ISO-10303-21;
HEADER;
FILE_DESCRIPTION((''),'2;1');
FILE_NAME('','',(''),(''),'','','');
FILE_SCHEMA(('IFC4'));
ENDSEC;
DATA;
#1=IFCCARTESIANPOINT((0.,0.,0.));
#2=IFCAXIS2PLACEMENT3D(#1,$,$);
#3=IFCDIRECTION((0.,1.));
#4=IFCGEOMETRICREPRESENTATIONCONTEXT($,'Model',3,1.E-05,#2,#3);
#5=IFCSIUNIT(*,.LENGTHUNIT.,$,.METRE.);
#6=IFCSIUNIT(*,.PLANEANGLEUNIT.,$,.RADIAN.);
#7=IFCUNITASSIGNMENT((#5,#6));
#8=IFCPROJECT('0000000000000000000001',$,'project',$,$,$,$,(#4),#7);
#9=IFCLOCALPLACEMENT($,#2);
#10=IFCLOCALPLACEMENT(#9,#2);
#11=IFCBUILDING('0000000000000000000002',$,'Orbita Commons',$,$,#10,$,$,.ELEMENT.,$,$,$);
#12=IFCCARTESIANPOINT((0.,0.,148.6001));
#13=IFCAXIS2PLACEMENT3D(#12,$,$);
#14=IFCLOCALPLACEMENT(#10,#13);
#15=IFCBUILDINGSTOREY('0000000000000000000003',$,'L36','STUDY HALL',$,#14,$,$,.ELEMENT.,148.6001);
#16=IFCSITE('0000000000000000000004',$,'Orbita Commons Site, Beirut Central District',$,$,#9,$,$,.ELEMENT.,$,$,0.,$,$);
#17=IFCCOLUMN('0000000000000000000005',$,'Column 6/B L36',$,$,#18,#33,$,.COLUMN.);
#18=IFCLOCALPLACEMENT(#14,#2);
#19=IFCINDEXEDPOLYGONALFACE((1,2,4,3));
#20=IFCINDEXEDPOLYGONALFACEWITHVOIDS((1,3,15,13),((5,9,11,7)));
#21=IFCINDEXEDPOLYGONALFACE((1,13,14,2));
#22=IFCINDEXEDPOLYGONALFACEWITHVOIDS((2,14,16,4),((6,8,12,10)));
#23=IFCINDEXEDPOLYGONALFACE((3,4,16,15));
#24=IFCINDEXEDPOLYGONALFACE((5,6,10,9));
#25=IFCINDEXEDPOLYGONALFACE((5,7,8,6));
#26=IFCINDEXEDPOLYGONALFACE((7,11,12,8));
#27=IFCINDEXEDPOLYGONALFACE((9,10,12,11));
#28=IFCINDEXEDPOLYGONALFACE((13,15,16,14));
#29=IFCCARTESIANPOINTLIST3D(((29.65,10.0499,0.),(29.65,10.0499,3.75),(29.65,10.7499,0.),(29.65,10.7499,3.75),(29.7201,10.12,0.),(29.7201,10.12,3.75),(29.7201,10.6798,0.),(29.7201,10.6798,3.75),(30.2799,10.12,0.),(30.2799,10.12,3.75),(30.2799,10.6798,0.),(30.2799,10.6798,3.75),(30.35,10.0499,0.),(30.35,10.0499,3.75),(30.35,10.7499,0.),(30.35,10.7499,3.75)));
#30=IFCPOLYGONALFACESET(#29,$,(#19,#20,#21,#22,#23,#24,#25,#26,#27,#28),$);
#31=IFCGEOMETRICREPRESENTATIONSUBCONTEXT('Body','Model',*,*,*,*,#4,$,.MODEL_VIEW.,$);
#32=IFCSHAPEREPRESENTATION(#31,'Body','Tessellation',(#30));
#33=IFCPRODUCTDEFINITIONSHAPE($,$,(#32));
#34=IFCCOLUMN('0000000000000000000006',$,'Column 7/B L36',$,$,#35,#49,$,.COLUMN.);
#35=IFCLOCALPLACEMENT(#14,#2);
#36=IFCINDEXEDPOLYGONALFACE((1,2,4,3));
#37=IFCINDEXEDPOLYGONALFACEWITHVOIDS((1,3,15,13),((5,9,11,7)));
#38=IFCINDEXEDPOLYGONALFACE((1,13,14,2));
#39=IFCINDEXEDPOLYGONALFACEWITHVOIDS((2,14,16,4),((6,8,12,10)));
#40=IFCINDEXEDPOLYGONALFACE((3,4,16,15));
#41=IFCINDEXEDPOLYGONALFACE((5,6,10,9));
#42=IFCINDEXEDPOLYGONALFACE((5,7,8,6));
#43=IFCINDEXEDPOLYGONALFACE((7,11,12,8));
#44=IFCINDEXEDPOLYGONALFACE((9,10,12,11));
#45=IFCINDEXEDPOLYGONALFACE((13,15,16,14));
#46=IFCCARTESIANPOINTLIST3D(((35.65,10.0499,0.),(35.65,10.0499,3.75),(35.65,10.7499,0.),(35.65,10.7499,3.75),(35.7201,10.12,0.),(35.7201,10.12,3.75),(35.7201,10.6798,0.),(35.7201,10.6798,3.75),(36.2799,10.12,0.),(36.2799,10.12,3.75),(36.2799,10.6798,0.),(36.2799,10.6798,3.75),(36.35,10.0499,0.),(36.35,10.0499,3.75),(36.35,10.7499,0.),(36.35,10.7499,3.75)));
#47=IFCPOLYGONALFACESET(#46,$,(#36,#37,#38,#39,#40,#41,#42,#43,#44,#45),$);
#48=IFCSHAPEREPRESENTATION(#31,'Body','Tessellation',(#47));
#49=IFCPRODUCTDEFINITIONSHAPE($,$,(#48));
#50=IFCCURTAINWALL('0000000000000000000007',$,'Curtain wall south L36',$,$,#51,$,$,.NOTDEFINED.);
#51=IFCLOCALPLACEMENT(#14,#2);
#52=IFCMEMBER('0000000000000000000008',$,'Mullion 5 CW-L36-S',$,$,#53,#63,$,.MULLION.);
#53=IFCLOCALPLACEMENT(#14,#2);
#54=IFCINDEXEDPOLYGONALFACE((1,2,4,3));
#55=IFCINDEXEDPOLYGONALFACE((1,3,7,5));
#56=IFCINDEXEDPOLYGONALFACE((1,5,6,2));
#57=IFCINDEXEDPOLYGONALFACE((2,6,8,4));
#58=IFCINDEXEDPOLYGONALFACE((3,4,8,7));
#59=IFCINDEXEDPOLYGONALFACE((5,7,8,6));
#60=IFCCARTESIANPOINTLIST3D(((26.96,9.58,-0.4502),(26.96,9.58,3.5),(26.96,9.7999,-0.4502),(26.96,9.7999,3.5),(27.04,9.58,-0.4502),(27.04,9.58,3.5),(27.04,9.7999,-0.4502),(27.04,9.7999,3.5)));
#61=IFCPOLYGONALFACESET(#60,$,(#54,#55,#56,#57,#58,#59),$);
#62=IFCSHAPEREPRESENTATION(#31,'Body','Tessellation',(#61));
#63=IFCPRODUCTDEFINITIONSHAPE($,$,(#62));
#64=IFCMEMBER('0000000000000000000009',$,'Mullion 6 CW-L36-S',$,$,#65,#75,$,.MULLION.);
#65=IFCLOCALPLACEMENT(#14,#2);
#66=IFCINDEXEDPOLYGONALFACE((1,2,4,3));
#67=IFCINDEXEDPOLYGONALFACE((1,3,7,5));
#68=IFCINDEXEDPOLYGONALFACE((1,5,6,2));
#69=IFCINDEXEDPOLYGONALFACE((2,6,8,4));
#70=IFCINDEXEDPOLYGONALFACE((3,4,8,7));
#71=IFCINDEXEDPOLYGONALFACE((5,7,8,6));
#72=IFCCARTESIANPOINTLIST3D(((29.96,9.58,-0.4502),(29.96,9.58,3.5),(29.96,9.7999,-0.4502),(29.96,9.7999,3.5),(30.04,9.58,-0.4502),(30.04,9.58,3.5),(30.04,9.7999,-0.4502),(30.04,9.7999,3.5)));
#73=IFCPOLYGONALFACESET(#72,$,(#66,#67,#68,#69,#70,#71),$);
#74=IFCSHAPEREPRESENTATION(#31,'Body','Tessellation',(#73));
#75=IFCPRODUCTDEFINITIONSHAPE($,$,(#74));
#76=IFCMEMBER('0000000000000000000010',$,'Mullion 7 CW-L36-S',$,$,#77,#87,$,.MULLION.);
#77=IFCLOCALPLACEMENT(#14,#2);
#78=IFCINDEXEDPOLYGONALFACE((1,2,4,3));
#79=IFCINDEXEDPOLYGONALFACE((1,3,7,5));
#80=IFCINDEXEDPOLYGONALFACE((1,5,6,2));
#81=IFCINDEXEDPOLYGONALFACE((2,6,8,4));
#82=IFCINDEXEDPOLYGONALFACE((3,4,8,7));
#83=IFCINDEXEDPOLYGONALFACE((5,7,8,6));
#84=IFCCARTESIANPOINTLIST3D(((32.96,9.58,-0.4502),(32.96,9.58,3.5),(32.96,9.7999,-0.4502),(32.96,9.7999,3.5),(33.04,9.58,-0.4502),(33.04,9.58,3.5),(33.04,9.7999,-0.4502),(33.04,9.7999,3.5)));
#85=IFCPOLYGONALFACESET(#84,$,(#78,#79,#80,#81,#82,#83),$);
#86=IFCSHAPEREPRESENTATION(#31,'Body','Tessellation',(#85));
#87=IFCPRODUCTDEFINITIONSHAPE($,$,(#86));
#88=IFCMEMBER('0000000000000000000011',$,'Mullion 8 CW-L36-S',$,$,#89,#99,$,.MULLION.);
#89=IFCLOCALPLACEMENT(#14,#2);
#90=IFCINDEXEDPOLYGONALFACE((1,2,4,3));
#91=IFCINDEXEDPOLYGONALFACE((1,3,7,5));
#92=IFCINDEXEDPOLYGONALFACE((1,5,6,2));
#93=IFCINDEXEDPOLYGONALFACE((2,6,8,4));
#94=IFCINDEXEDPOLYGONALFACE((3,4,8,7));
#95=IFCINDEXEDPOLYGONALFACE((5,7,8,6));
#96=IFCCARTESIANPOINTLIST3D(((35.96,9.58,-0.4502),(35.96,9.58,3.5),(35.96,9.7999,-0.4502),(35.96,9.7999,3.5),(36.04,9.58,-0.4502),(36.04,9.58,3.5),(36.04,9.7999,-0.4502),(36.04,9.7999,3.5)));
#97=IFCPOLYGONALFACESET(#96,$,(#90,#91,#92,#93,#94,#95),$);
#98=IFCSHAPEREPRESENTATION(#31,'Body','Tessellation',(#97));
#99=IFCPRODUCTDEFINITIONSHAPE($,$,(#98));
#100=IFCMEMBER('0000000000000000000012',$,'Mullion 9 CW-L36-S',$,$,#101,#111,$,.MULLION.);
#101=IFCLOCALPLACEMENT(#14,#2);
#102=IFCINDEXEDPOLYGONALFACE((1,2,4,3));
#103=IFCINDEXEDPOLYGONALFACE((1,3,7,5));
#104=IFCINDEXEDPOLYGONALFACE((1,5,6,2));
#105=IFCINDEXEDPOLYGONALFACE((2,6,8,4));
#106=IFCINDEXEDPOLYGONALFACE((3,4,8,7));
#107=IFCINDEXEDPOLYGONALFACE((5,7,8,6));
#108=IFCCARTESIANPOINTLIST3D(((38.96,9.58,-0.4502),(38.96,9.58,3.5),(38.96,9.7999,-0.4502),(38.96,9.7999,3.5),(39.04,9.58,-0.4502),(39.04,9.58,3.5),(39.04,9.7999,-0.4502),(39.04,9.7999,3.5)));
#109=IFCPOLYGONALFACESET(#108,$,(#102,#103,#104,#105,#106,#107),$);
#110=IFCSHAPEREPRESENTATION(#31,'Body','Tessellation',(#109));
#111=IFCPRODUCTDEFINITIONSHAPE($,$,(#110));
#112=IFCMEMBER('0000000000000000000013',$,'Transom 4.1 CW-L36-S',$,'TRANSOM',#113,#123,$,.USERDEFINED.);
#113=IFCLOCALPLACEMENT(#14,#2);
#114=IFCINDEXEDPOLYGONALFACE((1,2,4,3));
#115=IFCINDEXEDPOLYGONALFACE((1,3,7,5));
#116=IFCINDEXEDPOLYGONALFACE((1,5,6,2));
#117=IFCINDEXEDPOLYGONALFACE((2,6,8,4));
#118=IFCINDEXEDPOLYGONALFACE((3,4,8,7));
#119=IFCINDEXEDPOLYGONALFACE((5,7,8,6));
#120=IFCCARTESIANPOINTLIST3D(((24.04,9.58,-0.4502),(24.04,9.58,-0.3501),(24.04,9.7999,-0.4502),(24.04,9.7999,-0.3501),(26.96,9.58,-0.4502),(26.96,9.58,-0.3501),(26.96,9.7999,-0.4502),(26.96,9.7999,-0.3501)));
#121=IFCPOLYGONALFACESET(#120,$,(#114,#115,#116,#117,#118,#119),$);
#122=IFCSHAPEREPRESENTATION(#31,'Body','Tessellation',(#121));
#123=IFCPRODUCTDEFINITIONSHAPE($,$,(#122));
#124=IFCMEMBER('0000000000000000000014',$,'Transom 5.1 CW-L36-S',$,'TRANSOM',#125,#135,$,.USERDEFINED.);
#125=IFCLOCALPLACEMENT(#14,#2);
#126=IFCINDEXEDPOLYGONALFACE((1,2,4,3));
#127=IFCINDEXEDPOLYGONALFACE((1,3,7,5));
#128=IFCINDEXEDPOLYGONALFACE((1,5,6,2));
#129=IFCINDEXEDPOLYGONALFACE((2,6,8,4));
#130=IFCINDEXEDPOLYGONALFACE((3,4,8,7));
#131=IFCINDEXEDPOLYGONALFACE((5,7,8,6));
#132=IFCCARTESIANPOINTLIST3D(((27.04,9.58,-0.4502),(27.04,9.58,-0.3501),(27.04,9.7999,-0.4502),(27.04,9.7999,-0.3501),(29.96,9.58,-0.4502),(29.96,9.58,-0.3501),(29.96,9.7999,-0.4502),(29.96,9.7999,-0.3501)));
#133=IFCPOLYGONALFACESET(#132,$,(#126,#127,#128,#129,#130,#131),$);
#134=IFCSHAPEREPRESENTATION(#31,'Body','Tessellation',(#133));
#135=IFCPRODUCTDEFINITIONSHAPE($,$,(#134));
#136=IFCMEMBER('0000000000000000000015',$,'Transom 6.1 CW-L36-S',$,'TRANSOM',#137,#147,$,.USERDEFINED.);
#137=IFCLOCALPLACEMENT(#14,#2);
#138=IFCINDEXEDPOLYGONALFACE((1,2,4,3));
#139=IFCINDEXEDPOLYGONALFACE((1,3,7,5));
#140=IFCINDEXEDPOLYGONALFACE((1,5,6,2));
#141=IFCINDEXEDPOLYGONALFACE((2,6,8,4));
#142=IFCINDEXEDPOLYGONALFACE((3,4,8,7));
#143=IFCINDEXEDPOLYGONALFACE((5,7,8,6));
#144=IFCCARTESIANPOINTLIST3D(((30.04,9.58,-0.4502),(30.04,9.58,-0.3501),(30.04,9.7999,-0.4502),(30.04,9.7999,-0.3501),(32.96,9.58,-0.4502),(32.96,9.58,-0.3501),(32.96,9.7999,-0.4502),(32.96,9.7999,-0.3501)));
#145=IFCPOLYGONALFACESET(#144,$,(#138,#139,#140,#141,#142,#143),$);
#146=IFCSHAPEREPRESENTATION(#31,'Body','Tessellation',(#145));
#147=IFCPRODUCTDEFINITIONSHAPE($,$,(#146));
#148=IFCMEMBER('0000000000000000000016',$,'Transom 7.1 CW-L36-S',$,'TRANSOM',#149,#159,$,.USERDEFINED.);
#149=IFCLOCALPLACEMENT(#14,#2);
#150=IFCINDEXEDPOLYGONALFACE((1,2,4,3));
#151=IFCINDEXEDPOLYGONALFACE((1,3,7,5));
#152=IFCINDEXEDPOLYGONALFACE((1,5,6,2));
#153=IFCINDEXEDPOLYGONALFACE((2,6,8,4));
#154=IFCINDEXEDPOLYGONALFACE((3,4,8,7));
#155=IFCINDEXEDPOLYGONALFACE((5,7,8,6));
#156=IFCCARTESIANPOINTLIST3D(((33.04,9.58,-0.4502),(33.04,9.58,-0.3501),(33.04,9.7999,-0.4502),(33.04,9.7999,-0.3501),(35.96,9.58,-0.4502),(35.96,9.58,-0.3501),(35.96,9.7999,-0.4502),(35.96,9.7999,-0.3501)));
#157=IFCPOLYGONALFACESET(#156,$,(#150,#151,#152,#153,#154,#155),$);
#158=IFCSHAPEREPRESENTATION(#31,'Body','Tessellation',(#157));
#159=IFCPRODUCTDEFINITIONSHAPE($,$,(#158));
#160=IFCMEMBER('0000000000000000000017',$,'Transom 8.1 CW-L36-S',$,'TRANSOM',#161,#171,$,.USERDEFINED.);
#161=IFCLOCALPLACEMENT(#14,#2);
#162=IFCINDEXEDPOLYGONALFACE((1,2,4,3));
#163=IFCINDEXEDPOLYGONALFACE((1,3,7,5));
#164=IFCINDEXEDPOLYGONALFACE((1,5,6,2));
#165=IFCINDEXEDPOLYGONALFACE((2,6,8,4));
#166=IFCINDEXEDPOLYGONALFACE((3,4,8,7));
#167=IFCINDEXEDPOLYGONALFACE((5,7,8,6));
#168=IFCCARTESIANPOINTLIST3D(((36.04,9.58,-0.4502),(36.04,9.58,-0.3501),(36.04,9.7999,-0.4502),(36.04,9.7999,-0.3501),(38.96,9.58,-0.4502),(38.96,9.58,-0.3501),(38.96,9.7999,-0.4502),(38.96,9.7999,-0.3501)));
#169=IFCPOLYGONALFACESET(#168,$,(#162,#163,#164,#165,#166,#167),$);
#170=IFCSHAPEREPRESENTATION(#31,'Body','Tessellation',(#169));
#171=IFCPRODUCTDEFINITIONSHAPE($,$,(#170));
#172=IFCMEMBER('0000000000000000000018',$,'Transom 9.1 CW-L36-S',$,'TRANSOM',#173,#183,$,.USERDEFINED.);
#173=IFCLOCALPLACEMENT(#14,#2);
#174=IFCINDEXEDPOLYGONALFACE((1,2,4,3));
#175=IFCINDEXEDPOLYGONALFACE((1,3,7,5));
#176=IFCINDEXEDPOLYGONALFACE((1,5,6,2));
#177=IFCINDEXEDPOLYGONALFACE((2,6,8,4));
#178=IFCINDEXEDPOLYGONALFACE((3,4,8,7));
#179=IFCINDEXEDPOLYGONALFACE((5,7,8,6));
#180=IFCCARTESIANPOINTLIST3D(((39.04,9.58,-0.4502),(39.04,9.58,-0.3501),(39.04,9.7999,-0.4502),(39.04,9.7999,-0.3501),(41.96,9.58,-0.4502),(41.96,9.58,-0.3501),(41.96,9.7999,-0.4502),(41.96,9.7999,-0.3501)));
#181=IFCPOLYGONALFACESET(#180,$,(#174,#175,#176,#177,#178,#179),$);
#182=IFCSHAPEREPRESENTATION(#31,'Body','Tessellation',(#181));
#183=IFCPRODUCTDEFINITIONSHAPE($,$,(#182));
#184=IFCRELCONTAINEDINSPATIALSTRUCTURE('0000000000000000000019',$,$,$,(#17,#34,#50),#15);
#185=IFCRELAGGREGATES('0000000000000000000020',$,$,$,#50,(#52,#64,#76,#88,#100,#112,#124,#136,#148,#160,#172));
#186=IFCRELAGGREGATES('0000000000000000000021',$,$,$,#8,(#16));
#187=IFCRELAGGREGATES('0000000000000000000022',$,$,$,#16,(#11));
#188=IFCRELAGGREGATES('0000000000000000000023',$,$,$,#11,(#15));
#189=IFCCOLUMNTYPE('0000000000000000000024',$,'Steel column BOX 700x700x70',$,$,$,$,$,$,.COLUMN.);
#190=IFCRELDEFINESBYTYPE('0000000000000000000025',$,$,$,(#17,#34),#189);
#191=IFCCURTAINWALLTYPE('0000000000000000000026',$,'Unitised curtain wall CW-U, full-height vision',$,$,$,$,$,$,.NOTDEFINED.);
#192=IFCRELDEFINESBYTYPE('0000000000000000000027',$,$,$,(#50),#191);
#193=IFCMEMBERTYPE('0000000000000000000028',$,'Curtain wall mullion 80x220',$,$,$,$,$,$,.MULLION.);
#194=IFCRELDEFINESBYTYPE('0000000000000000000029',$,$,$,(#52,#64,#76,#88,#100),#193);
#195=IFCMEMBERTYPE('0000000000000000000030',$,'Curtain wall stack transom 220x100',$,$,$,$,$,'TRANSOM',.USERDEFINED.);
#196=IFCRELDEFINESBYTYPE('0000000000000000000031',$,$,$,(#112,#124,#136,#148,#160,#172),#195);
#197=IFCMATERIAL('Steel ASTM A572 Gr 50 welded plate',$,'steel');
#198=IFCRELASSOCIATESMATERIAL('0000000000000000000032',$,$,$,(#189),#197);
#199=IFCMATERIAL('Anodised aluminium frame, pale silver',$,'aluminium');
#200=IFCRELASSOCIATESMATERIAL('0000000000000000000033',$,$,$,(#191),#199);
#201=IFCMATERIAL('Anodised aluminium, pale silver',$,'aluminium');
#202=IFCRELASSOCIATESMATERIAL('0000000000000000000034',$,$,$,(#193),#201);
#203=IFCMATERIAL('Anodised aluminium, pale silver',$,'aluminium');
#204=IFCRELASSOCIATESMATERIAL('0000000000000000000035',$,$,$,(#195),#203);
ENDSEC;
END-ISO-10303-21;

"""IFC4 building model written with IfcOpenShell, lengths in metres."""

from ifc_helpers import new_model, si_unit, direction, frame, origin, origin_2d, place, context, subcontext, project, spatial, rectangle, hollow_rectangle, extrude, material, material_profile, profile_set, type_object, element, aggregate, save


model = new_model("IFC4")

# Units and contexts
model_context = context("Model", 3, precision=1e-05, world=origin(), true_north=direction((0.0, 1.0)))
body_context = subcontext(model_context, "Body", "Model", "MODEL_VIEW")
ifc_project = project(units=[si_unit("LENGTHUNIT", "METRE"), si_unit("PLANEANGLEUNIT", "RADIAN")], contexts=[model_context])

# Site, building, storey
site_placement = place(None, origin())
site = spatial("IfcSite", under=ifc_project, at=site_placement, Name="Orbita Commons Site, Beirut Central District", CompositionType="ELEMENT", RefElevation=0.0)
building_placement = place(site_placement, origin())
building = spatial("IfcBuilding", under=site, at=building_placement, Name="Orbita Commons", CompositionType="ELEMENT")
storey_placement = place(building_placement, frame((0.0, 0.0, 148.6001)))
storey = spatial("IfcBuildingStorey", under=building, at=storey_placement, Name="L36", Description="STUDY HALL", CompositionType="ELEMENT", Elevation=148.6001)

# Columns
ifc_material_1 = material(Name="Steel ASTM A572 Gr 50 welded plate", Category="steel")
ifc_material_profile_1 = material_profile(ifc_material_1, hollow_rectangle(XDim=0.7, YDim=0.7, WallThickness=0.0701, at=origin_2d()), Name="BOX 700x700x70")
ifc_profile_set_1 = profile_set([ifc_material_profile_1], Name="Steel ASTM A572 Gr 50 welded plate")
column_type = type_object("IfcColumnType", Name="Steel column BOX 700x700x70", PredefinedType="COLUMN", material=ifc_profile_set_1)
for number, where, z_axis, x_axis, name in (
    (1, (30.0, 10.3999, 0.0), (0.0, 0.0, 1.0), (1.0, 0.0, 0.0), "Column 6/B L36"),
    (2, (36.0, 10.3999, 0.0), (0.0, 0.0, 1.0), (1.0, 0.0, 0.0), "Column 7/B L36"),
):
    element("IfcColumn", number, at=place(storey_placement, frame(where, z_axis=z_axis, x_axis=x_axis)), inside=storey, type_object=column_type, Name=name, PredefinedType="COLUMN", context=body_context, shape_type="SweptSolid", body=[
        extrude(hollow_rectangle(XDim=0.7, YDim=0.7, WallThickness=0.0701, at=origin_2d()), origin(), (0.0, 0.0, 1.0), 3.75),
    ])

# Curtain wall, members
ifc_material_2 = material(Name="Anodised aluminium frame, pale silver", Category="aluminium")
curtain_wall_type = type_object("IfcCurtainWallType", Name="Unitised curtain wall CW-U, full-height vision", PredefinedType="NOTDEFINED", material=ifc_material_2)
curtain_wall_placement = place(storey_placement, origin())
curtain_wall = element("IfcCurtainWall", 3, at=curtain_wall_placement, inside=storey, type_object=curtain_wall_type, Name="Curtain wall south L36", PredefinedType="NOTDEFINED")
ifc_material_3 = material(Name="Anodised aluminium, pale silver", Category="aluminium")
ifc_material_profile_2 = material_profile(ifc_material_3, rectangle(XDim=0.0801, YDim=0.22, at=origin_2d()), Name="AL 80x220")
ifc_profile_set_2 = profile_set([ifc_material_profile_2], Name="Anodised aluminium, pale silver")
member_type_1 = type_object("IfcMemberType", Name="Curtain wall mullion 80x220", PredefinedType="MULLION", material=ifc_profile_set_2)
member_1_placement = place(storey_placement, frame((27.0, 9.6899, -0.4502), z_axis=(0.0, 0.0, 1.0), x_axis=(1.0, 0.0, 0.0)))
member_1 = element("IfcMember", 4, at=member_1_placement, type_object=member_type_1, Name="Mullion 5 CW-L36-S", PredefinedType="MULLION", context=body_context, shape_type="SweptSolid", body=[
    extrude(rectangle(XDim=0.0801, YDim=0.22, at=origin_2d()), origin(), (0.0, 0.0, 1.0), 3.9502),
])
member_2_placement = place(storey_placement, frame((30.0, 9.6899, -0.4502), z_axis=(0.0, 0.0, 1.0), x_axis=(1.0, 0.0, 0.0)))
member_2 = element("IfcMember", 5, at=member_2_placement, type_object=member_type_1, Name="Mullion 6 CW-L36-S", PredefinedType="MULLION", context=body_context, shape_type="SweptSolid", body=[
    extrude(rectangle(XDim=0.0801, YDim=0.22, at=origin_2d()), origin(), (0.0, 0.0, 1.0), 3.9502),
])
member_3_placement = place(storey_placement, frame((33.0, 9.6899, -0.4502), z_axis=(0.0, 0.0, 1.0), x_axis=(1.0, 0.0, 0.0)))
member_3 = element("IfcMember", 6, at=member_3_placement, type_object=member_type_1, Name="Mullion 7 CW-L36-S", PredefinedType="MULLION", context=body_context, shape_type="SweptSolid", body=[
    extrude(rectangle(XDim=0.0801, YDim=0.22, at=origin_2d()), origin(), (0.0, 0.0, 1.0), 3.9502),
])
member_4_placement = place(storey_placement, frame((36.0, 9.6899, -0.4502), z_axis=(0.0, 0.0, 1.0), x_axis=(1.0, 0.0, 0.0)))
member_4 = element("IfcMember", 7, at=member_4_placement, type_object=member_type_1, Name="Mullion 8 CW-L36-S", PredefinedType="MULLION", context=body_context, shape_type="SweptSolid", body=[
    extrude(rectangle(XDim=0.0801, YDim=0.22, at=origin_2d()), origin(), (0.0, 0.0, 1.0), 3.9502),
])
member_5_placement = place(storey_placement, frame((39.0, 9.6899, -0.4502), z_axis=(0.0, 0.0, 1.0), x_axis=(1.0, 0.0, 0.0)))
member_5 = element("IfcMember", 8, at=member_5_placement, type_object=member_type_1, Name="Mullion 9 CW-L36-S", PredefinedType="MULLION", context=body_context, shape_type="SweptSolid", body=[
    extrude(rectangle(XDim=0.0801, YDim=0.22, at=origin_2d()), origin(), (0.0, 0.0, 1.0), 3.9502),
])
ifc_material_4 = material(Name="Anodised aluminium, pale silver", Category="aluminium")
ifc_material_profile_3 = material_profile(ifc_material_4, rectangle(XDim=0.22, YDim=0.1001, at=origin_2d()), Name="AL 220x100")
ifc_profile_set_3 = profile_set([ifc_material_profile_3], Name="Anodised aluminium, pale silver")
member_type_2 = type_object("IfcMemberType", Name="Curtain wall stack transom 220x100", ElementType="TRANSOM", PredefinedType="USERDEFINED", material=ifc_profile_set_3)
member_6_placement = place(storey_placement, frame((24.04, 9.6899, -0.4001), z_axis=(1.0, 0.0, 0.0), x_axis=(0.0, 1.0, 0.0)))
member_6 = element("IfcMember", 9, at=member_6_placement, type_object=member_type_2, Name="Transom 4.1 CW-L36-S", ObjectType="TRANSOM", PredefinedType="USERDEFINED", context=body_context, shape_type="SweptSolid", body=[
    extrude(rectangle(XDim=0.22, YDim=0.1001, at=origin_2d()), origin(), (0.0, 0.0, 1.0), 2.9199),
])
member_7_placement = place(storey_placement, frame((27.04, 9.6899, -0.4001), z_axis=(1.0, 0.0, 0.0), x_axis=(0.0, 1.0, 0.0)))
member_7 = element("IfcMember", 10, at=member_7_placement, type_object=member_type_2, Name="Transom 5.1 CW-L36-S", ObjectType="TRANSOM", PredefinedType="USERDEFINED", context=body_context, shape_type="SweptSolid", body=[
    extrude(rectangle(XDim=0.22, YDim=0.1001, at=origin_2d()), origin(), (0.0, 0.0, 1.0), 2.9199),
])
member_8_placement = place(storey_placement, frame((30.04, 9.6899, -0.4001), z_axis=(1.0, 0.0, 0.0), x_axis=(0.0, 1.0, 0.0)))
member_8 = element("IfcMember", 11, at=member_8_placement, type_object=member_type_2, Name="Transom 6.1 CW-L36-S", ObjectType="TRANSOM", PredefinedType="USERDEFINED", context=body_context, shape_type="SweptSolid", body=[
    extrude(rectangle(XDim=0.22, YDim=0.1001, at=origin_2d()), origin(), (0.0, 0.0, 1.0), 2.9199),
])
member_9_placement = place(storey_placement, frame((33.04, 9.6899, -0.4001), z_axis=(1.0, 0.0, 0.0), x_axis=(0.0, 1.0, 0.0)))
member_9 = element("IfcMember", 12, at=member_9_placement, type_object=member_type_2, Name="Transom 7.1 CW-L36-S", ObjectType="TRANSOM", PredefinedType="USERDEFINED", context=body_context, shape_type="SweptSolid", body=[
    extrude(rectangle(XDim=0.22, YDim=0.1001, at=origin_2d()), origin(), (0.0, 0.0, 1.0), 2.9199),
])
member_10_placement = place(storey_placement, frame((36.04, 9.6899, -0.4001), z_axis=(1.0, 0.0, 0.0), x_axis=(0.0, 1.0, 0.0)))
member_10 = element("IfcMember", 13, at=member_10_placement, type_object=member_type_2, Name="Transom 8.1 CW-L36-S", ObjectType="TRANSOM", PredefinedType="USERDEFINED", context=body_context, shape_type="SweptSolid", body=[
    extrude(rectangle(XDim=0.22, YDim=0.1001, at=origin_2d()), origin(), (0.0, 0.0, 1.0), 2.9199),
])
member_11_placement = place(storey_placement, frame((39.04, 9.6899, -0.4001), z_axis=(1.0, 0.0, 0.0), x_axis=(0.0, 1.0, 0.0)))
member_11 = element("IfcMember", 14, at=member_11_placement, type_object=member_type_2, Name="Transom 9.1 CW-L36-S", ObjectType="TRANSOM", PredefinedType="USERDEFINED", context=body_context, shape_type="SweptSolid", body=[
    extrude(rectangle(XDim=0.22, YDim=0.1001, at=origin_2d()), origin(), (0.0, 0.0, 1.0), 2.9199),
])

aggregate(curtain_wall, [member_1, member_2, member_3, member_4, member_5, member_6, member_7, member_8, member_9, member_10, member_11])

save(model, "model.ifc")
